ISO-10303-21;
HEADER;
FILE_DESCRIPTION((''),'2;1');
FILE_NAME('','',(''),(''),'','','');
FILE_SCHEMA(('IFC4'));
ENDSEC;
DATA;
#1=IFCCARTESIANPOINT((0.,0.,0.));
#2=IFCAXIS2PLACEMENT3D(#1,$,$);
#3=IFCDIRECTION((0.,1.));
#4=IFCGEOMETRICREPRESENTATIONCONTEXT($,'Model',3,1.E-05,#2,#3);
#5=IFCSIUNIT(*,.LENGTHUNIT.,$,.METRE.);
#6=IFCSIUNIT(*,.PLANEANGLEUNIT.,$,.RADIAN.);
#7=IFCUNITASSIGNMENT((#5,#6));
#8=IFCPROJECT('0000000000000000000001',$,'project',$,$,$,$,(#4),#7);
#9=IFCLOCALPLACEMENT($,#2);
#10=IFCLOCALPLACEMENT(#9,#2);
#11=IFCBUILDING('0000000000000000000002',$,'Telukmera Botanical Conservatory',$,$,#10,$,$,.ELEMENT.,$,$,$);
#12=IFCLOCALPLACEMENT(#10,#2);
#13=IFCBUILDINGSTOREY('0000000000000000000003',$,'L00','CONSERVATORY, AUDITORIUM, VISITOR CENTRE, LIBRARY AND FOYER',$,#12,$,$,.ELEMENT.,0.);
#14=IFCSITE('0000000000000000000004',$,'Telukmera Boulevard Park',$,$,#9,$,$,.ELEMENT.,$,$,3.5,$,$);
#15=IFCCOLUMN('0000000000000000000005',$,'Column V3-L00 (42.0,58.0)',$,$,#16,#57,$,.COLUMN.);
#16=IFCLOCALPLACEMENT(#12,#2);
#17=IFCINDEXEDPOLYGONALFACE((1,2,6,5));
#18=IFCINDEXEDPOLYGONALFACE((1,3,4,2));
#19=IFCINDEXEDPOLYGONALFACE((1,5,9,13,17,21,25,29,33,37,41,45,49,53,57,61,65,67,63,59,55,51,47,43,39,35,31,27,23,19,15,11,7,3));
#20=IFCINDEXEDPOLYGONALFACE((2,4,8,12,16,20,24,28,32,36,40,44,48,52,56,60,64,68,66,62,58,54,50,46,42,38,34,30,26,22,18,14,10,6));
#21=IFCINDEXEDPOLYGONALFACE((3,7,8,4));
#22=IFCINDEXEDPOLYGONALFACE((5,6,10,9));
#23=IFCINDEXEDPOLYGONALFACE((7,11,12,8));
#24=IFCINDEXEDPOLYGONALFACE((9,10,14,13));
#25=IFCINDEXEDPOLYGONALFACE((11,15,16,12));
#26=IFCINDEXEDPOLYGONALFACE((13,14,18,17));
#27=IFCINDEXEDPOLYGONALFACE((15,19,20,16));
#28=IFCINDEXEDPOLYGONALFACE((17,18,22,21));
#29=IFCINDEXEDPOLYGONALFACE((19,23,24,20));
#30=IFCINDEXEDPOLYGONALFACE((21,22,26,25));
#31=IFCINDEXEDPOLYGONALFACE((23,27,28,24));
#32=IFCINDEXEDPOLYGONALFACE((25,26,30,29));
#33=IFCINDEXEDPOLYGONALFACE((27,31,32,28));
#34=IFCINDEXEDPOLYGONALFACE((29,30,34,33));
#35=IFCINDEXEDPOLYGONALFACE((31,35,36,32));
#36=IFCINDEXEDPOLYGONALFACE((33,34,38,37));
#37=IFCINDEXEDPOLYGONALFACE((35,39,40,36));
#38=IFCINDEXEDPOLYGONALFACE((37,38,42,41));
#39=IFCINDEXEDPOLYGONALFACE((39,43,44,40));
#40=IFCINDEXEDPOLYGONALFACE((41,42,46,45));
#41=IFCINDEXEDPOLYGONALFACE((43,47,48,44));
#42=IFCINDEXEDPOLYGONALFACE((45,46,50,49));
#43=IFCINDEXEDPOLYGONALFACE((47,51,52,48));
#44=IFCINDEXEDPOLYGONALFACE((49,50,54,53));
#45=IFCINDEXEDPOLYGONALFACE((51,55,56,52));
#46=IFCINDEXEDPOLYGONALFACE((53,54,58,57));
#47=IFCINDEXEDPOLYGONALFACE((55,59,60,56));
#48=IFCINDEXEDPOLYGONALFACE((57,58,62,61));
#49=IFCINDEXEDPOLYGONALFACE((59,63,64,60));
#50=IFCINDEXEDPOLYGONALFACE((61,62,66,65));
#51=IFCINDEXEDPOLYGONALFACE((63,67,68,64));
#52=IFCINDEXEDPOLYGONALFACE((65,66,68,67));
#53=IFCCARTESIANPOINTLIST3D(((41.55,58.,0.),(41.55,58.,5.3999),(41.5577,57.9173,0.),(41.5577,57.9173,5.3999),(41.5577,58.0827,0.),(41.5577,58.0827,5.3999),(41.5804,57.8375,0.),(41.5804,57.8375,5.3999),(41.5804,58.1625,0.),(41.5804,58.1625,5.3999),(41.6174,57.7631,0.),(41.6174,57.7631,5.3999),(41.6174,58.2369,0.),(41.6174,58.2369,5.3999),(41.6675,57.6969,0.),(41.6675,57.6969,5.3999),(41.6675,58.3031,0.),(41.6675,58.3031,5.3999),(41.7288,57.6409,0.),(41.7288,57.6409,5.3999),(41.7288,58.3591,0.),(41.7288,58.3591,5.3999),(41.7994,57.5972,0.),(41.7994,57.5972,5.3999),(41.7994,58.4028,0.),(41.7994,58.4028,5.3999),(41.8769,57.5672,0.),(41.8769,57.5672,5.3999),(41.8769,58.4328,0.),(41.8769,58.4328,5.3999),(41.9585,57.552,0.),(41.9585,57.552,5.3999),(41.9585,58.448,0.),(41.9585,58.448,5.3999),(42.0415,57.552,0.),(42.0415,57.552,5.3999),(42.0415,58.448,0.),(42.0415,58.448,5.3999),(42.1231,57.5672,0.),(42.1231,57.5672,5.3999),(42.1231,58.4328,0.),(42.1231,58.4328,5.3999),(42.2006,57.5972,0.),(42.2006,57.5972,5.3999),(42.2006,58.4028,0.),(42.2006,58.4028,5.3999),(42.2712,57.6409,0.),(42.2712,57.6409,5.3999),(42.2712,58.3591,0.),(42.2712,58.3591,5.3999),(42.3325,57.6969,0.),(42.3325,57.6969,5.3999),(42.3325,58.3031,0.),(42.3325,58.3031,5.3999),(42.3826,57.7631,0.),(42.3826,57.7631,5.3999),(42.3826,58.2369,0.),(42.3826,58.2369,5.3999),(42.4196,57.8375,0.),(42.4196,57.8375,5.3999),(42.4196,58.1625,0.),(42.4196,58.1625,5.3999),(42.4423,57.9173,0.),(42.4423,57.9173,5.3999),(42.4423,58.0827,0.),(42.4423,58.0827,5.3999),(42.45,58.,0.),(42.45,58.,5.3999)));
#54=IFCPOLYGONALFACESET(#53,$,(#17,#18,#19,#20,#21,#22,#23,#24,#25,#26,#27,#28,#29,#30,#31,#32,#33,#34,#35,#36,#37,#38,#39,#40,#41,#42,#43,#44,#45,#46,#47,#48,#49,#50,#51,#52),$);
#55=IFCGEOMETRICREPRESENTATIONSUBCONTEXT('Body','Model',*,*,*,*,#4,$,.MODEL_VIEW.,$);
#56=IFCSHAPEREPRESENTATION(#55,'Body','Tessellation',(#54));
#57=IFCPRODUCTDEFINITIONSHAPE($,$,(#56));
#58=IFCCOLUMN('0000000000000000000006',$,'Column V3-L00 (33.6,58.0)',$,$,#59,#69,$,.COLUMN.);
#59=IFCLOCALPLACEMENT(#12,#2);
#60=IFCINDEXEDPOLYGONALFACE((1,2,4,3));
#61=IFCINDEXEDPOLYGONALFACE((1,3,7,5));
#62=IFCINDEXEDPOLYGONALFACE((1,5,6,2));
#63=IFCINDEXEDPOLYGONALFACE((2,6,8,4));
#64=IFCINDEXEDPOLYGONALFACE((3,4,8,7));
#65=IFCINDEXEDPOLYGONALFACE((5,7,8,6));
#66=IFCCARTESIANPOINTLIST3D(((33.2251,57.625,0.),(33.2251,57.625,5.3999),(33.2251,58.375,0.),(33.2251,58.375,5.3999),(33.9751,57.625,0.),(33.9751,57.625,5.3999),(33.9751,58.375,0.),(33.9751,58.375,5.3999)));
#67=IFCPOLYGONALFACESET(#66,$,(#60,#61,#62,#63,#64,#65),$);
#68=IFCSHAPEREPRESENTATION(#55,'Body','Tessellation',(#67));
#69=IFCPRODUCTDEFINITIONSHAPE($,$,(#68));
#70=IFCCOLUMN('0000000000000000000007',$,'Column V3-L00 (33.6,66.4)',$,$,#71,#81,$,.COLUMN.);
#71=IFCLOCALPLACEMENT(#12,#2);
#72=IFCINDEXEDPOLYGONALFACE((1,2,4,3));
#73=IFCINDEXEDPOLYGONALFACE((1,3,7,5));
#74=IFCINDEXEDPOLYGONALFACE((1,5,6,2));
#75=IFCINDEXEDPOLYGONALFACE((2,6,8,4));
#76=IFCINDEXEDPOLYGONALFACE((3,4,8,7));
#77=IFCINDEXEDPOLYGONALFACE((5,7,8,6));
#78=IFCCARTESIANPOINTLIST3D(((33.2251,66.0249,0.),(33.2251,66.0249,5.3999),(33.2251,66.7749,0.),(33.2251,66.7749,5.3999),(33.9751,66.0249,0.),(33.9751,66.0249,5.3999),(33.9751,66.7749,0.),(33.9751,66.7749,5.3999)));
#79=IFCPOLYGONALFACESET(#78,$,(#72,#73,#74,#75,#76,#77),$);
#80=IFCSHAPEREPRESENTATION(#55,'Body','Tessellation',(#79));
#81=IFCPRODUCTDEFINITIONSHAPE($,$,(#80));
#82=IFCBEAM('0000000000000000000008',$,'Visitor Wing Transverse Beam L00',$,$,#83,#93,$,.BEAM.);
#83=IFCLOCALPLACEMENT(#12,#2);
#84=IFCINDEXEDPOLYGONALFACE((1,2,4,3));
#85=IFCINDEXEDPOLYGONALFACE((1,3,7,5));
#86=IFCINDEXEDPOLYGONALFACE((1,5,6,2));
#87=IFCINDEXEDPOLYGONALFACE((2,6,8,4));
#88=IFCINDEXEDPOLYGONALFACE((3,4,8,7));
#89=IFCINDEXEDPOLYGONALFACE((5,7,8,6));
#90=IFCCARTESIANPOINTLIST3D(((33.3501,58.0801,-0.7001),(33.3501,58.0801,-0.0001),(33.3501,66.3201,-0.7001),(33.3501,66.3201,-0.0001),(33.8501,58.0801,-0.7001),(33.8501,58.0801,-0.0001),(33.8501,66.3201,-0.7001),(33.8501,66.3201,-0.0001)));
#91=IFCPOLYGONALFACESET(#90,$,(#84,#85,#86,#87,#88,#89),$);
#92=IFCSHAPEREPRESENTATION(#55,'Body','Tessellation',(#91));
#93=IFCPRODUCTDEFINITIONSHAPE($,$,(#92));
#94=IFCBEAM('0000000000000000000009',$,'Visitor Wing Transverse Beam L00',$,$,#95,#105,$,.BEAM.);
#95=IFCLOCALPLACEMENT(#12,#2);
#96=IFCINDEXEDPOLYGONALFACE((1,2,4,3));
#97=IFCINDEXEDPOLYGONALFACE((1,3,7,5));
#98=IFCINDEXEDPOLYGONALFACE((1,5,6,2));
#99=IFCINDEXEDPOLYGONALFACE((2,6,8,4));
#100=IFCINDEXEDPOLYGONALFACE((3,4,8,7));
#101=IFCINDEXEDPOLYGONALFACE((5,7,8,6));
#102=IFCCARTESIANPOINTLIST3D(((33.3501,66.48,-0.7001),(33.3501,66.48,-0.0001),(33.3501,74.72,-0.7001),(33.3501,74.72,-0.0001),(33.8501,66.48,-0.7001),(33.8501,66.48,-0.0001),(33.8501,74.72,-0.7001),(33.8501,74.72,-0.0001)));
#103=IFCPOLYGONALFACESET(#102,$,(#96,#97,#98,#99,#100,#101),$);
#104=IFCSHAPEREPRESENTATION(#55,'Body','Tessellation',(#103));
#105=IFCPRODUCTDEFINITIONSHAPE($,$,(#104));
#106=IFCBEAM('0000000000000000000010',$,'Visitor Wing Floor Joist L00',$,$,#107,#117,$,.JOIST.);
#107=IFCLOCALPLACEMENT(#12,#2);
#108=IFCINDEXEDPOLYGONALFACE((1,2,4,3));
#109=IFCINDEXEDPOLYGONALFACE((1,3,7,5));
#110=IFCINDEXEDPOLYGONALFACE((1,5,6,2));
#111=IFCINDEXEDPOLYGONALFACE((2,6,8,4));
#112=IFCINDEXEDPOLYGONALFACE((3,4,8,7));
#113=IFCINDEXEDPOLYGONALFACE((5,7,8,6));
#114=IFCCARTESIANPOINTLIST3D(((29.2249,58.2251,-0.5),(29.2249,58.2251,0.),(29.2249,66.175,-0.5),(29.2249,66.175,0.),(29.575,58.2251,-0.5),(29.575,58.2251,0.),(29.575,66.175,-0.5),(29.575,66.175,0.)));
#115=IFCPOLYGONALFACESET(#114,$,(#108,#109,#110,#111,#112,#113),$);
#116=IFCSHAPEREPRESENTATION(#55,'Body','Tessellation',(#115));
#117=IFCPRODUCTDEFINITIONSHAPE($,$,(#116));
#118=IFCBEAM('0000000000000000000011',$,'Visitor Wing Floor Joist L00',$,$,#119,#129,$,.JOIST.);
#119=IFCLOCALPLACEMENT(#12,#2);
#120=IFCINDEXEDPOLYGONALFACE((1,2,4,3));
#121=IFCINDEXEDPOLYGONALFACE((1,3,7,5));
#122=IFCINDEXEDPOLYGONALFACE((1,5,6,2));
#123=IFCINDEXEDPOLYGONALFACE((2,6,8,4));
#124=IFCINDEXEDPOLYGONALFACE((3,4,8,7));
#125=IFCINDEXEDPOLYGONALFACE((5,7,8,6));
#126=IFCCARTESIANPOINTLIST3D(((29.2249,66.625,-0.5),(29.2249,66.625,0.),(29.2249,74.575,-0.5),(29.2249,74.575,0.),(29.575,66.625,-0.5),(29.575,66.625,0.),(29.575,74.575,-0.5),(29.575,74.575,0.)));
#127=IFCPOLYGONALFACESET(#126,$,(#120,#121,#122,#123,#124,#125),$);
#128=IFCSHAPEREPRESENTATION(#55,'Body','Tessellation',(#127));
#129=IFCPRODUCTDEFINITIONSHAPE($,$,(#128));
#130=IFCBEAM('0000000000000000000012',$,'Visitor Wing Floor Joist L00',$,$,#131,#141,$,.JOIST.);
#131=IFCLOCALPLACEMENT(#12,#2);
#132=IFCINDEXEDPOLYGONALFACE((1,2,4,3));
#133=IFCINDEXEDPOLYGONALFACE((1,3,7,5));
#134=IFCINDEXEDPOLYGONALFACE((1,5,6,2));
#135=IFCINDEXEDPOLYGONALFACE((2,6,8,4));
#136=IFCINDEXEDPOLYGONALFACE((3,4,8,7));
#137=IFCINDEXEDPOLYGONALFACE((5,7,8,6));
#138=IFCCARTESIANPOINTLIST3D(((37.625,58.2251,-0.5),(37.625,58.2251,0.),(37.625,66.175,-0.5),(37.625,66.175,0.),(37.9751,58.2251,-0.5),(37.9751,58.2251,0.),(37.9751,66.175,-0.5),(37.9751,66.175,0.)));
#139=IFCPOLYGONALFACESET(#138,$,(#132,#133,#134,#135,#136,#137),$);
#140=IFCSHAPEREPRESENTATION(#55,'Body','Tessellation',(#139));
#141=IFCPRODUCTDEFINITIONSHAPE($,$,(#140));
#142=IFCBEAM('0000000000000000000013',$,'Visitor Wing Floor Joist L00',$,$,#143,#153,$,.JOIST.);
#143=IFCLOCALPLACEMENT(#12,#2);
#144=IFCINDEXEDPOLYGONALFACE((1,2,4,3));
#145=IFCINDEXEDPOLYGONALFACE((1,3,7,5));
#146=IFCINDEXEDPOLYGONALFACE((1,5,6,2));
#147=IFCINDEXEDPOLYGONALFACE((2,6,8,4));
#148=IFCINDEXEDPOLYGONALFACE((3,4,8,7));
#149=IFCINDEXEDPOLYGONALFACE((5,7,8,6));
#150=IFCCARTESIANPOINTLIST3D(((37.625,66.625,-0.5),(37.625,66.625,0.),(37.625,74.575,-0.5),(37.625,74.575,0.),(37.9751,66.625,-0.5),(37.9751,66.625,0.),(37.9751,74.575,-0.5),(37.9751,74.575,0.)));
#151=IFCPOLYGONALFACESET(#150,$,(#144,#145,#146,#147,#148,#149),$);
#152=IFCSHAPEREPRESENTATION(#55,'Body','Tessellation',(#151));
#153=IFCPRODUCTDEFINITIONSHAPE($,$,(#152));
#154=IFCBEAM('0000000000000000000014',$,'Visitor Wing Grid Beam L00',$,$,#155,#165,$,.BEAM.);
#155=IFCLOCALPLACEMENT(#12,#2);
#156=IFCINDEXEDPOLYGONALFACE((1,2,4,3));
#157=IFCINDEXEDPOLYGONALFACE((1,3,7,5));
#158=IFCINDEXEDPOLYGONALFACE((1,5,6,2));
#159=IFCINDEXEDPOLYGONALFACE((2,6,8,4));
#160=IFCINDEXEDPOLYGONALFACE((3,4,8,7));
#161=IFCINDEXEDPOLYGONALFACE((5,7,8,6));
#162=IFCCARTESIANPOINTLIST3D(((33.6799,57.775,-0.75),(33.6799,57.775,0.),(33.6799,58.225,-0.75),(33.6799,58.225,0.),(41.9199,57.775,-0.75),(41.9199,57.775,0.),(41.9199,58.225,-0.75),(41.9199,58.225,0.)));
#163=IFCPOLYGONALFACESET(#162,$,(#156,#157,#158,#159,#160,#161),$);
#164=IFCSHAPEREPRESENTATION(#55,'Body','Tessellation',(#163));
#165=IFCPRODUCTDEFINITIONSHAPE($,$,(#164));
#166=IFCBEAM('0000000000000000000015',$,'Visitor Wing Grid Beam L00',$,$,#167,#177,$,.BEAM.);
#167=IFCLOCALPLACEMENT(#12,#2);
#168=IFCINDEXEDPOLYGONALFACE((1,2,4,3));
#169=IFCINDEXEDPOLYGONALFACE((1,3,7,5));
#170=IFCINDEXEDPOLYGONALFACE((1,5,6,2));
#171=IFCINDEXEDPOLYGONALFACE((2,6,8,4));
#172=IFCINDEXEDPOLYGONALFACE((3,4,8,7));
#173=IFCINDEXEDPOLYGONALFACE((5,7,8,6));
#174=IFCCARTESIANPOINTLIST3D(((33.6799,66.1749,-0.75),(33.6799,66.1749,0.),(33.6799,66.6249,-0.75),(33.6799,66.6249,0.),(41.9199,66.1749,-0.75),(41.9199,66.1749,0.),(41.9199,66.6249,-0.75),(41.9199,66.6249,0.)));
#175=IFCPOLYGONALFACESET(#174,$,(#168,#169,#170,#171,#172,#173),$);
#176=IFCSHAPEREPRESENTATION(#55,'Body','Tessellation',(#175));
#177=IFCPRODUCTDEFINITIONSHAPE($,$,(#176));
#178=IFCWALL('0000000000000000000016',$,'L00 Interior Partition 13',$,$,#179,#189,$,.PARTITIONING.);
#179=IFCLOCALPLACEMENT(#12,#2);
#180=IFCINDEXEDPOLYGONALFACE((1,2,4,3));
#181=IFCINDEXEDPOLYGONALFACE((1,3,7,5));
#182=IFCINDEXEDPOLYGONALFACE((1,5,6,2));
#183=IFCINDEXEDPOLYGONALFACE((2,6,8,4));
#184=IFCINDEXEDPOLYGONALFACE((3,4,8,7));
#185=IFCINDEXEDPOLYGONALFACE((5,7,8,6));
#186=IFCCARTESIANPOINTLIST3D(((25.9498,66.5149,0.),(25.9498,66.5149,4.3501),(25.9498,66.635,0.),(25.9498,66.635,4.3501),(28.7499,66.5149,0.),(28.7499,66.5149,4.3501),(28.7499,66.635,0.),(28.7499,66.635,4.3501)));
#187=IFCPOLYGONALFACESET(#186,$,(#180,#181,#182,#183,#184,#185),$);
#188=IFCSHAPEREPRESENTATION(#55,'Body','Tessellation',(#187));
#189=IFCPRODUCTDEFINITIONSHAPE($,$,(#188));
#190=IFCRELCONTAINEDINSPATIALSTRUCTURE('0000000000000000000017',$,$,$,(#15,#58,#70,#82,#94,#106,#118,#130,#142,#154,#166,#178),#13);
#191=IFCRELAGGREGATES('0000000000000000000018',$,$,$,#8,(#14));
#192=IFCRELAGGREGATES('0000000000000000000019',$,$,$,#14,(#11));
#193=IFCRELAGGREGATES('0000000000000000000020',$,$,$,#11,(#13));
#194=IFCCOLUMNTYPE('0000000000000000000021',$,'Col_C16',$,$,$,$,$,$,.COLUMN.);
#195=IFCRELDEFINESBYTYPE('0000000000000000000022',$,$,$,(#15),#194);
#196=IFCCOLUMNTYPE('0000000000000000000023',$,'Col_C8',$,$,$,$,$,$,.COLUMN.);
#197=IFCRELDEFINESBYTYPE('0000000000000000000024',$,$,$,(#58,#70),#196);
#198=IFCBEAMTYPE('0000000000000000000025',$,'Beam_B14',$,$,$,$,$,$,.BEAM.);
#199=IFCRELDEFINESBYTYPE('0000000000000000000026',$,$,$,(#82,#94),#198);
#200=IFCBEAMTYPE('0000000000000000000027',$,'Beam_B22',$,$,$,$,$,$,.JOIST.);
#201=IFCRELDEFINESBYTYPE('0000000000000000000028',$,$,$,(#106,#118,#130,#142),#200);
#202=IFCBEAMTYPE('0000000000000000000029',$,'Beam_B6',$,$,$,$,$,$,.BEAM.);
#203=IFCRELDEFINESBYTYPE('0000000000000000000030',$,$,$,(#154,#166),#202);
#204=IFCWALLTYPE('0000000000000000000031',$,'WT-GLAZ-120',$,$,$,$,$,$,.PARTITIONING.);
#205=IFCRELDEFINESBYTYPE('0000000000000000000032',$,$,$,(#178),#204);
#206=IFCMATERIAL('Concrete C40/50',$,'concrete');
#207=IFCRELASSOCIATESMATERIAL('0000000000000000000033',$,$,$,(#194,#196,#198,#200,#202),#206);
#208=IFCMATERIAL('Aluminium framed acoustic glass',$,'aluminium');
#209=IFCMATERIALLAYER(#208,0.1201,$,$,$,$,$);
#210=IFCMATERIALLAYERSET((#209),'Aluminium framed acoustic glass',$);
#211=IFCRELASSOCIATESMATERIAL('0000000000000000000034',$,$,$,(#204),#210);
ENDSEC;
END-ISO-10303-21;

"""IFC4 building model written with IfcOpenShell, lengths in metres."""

from ifc_helpers import new_model, si_unit, direction, frame, frame_2d, origin, origin_2d, place, context, subcontext, project, spatial, rectangle, circle, extrude, material, layer, layer_set, material_profile, profile_set, type_object, element, save


model = new_model("IFC4")

# Units and contexts
model_context = context("Model", 3, precision=1e-05, world=origin(), true_north=direction((0.0, 1.0)))
body_context = subcontext(model_context, "Body", "Model", "MODEL_VIEW")
ifc_project = project(units=[si_unit("LENGTHUNIT", "METRE"), si_unit("PLANEANGLEUNIT", "RADIAN")], contexts=[model_context])

# Site, building, storey
site_placement = place(None, origin())
site = spatial("IfcSite", under=ifc_project, at=site_placement, Name="Telukmera Boulevard Park", CompositionType="ELEMENT", RefElevation=3.5)
building_placement = place(site_placement, origin())
building = spatial("IfcBuilding", under=site, at=building_placement, Name="Telukmera Botanical Conservatory", CompositionType="ELEMENT")
storey_placement = place(building_placement, origin())
storey = spatial("IfcBuildingStorey", under=building, at=storey_placement, Name="L00", Description="CONSERVATORY, AUDITORIUM, VISITOR CENTRE, LIBRARY AND FOYER", CompositionType="ELEMENT", Elevation=0.0)

# Columns
ifc_material_1 = material(Name="Concrete C40/50", Category="concrete")
ifc_material_profile_1 = material_profile(ifc_material_1, circle(Radius=0.45, at=origin_2d()), Name="RC D900")
ifc_profile_set_1 = profile_set([ifc_material_profile_1], Name="Concrete C40/50")
column_type_1 = type_object("IfcColumnType", Name="Col_C16", PredefinedType="COLUMN", material=ifc_profile_set_1)
column_placement = place(storey_placement, frame((42.0, 58.0, 0.0), z_axis=(0.0, 0.0, 1.0), x_axis=(1.0, 0.0, 0.0)))
element("IfcColumn", 1, at=column_placement, inside=storey, type_object=column_type_1, Name="Column V3-L00 (42.0,58.0)", PredefinedType="COLUMN", context=body_context, shape_type="SweptSolid", body=[
    extrude(circle(Radius=0.45, at=origin_2d()), origin(), (0.0, 0.0, 1.0), 5.3999),
])
ifc_material_profile_2 = material_profile(ifc_material_1, rectangle(XDim=0.75, YDim=0.75, at=origin_2d()), Name="RC 750x750")
ifc_profile_set_2 = profile_set([ifc_material_profile_2], Name="Concrete C40/50")
column_type_2 = type_object("IfcColumnType", Name="Col_C8", PredefinedType="COLUMN", material=ifc_profile_set_2)
for number, where, z_axis, x_axis, name in (
    (2, (33.6001, 58.0, 0.0), (0.0, 0.0, 1.0), (1.0, 0.0, 0.0), "Column V3-L00 (33.6,58.0)"),
    (3, (33.6001, 66.3999, 0.0), (0.0, 0.0, 1.0), (1.0, 0.0, 0.0), "Column V3-L00 (33.6,66.4)"),
):
    element("IfcColumn", number, at=place(storey_placement, frame(where, z_axis=z_axis, x_axis=x_axis)), inside=storey, type_object=column_type_2, Name=name, PredefinedType="COLUMN", context=body_context, shape_type="SweptSolid", body=[
        extrude(rectangle(XDim=0.75, YDim=0.75, at=origin_2d()), origin(), (0.0, 0.0, 1.0), 5.3999),
    ])

# Beams
ifc_material_profile_3 = material_profile(ifc_material_1, rectangle(XDim=0.5, YDim=0.7, at=origin_2d()), Name="RC 500x700")
ifc_profile_set_3 = profile_set([ifc_material_profile_3], Name="Concrete C40/50")
beam_type_1 = type_object("IfcBeamType", Name="Beam_B14", PredefinedType="BEAM", material=ifc_profile_set_3)
for number, where, z_axis, x_axis, name in (
    (4, (33.6001, 58.0801, -0.3501), (0.0, 1.0, 0.0), (-1.0, 0.0, 0.0), "Visitor Wing Transverse Beam L00"),
    (5, (33.6001, 66.48, -0.3501), (0.0, 1.0, 0.0), (-1.0, 0.0, 0.0), "Visitor Wing Transverse Beam L00"),
):
    element("IfcBeam", number, at=place(storey_placement, frame(where, z_axis=z_axis, x_axis=x_axis)), inside=storey, type_object=beam_type_1, Name=name, PredefinedType="BEAM", context=body_context, shape_type="SweptSolid", body=[
        extrude(rectangle(XDim=0.5, YDim=0.7, at=origin_2d()), origin(), (0.0, 0.0, 1.0), 8.24),
    ])
ifc_material_profile_4 = material_profile(ifc_material_1, rectangle(XDim=0.3501, YDim=0.5, at=origin_2d()), Name="RC 350x500")
ifc_profile_set_4 = profile_set([ifc_material_profile_4], Name="Concrete C40/50")
beam_type_2 = type_object("IfcBeamType", Name="Beam_B22", PredefinedType="JOIST", material=ifc_profile_set_4)
for number, where, z_axis, x_axis, name in (
    (6, (29.3999, 58.2251, -0.25), (0.0, 1.0, 0.0), (-1.0, 0.0, 0.0), "Visitor Wing Floor Joist L00"),
    (7, (29.3999, 66.625, -0.25), (0.0, 1.0, 0.0), (-1.0, 0.0, 0.0), "Visitor Wing Floor Joist L00"),
    (8, (37.8, 58.2251, -0.25), (0.0, 1.0, 0.0), (-1.0, 0.0, 0.0), "Visitor Wing Floor Joist L00"),
    (9, (37.8, 66.625, -0.25), (0.0, 1.0, 0.0), (-1.0, 0.0, 0.0), "Visitor Wing Floor Joist L00"),
):
    element("IfcBeam", number, at=place(storey_placement, frame(where, z_axis=z_axis, x_axis=x_axis)), inside=storey, type_object=beam_type_2, Name=name, PredefinedType="JOIST", context=body_context, shape_type="SweptSolid", body=[
        extrude(rectangle(XDim=0.3501, YDim=0.5, at=origin_2d()), origin(), (0.0, 0.0, 1.0), 7.95),
    ])
ifc_material_profile_5 = material_profile(ifc_material_1, rectangle(XDim=0.45, YDim=0.75, at=origin_2d()), Name="RC 450x750")
ifc_profile_set_5 = profile_set([ifc_material_profile_5], Name="Concrete C40/50")
beam_type_3 = type_object("IfcBeamType", Name="Beam_B6", PredefinedType="BEAM", material=ifc_profile_set_5)
for number, where, z_axis, x_axis, name in (
    (10, (33.6799, 58.0, -0.375), (1.0, 0.0, 0.0), (0.0, 1.0, 0.0), "Visitor Wing Grid Beam L00"),
    (11, (33.6799, 66.3999, -0.375), (1.0, 0.0, 0.0), (0.0, 1.0, 0.0), "Visitor Wing Grid Beam L00"),
):
    element("IfcBeam", number, at=place(storey_placement, frame(where, z_axis=z_axis, x_axis=x_axis)), inside=storey, type_object=beam_type_3, Name=name, PredefinedType="BEAM", context=body_context, shape_type="SweptSolid", body=[
        extrude(rectangle(XDim=0.45, YDim=0.75, at=origin_2d()), origin(), (0.0, 0.0, 1.0), 8.24),
    ])

# Wall
ifc_material_2 = material(Name="Aluminium framed acoustic glass", Category="aluminium")
ifc_layer_1 = layer(ifc_material_2, 0.1201)
ifc_layer_set_1 = layer_set([ifc_layer_1], Name="Aluminium framed acoustic glass")
wall_type_1 = type_object("IfcWallType", Name="WT-GLAZ-120", PredefinedType="PARTITIONING", material=ifc_layer_set_1)
wall_1_placement = place(storey_placement, frame((25.95, 66.575, 0.0), z_axis=(0.0, 0.0, 1.0), x_axis=(1.0, 0.0, 0.0)))
element("IfcWall", 12, at=wall_1_placement, inside=storey, type_object=wall_type_1, Name="L00 Interior Partition 13", PredefinedType="PARTITIONING", context=body_context, shape_type="SweptSolid", body=[
    extrude(rectangle(XDim=2.8, YDim=0.1201, at=frame_2d((1.3999, 0.0))), origin(), (0.0, 0.0, 1.0), 4.3501),
])

save(model, "model.ifc")
